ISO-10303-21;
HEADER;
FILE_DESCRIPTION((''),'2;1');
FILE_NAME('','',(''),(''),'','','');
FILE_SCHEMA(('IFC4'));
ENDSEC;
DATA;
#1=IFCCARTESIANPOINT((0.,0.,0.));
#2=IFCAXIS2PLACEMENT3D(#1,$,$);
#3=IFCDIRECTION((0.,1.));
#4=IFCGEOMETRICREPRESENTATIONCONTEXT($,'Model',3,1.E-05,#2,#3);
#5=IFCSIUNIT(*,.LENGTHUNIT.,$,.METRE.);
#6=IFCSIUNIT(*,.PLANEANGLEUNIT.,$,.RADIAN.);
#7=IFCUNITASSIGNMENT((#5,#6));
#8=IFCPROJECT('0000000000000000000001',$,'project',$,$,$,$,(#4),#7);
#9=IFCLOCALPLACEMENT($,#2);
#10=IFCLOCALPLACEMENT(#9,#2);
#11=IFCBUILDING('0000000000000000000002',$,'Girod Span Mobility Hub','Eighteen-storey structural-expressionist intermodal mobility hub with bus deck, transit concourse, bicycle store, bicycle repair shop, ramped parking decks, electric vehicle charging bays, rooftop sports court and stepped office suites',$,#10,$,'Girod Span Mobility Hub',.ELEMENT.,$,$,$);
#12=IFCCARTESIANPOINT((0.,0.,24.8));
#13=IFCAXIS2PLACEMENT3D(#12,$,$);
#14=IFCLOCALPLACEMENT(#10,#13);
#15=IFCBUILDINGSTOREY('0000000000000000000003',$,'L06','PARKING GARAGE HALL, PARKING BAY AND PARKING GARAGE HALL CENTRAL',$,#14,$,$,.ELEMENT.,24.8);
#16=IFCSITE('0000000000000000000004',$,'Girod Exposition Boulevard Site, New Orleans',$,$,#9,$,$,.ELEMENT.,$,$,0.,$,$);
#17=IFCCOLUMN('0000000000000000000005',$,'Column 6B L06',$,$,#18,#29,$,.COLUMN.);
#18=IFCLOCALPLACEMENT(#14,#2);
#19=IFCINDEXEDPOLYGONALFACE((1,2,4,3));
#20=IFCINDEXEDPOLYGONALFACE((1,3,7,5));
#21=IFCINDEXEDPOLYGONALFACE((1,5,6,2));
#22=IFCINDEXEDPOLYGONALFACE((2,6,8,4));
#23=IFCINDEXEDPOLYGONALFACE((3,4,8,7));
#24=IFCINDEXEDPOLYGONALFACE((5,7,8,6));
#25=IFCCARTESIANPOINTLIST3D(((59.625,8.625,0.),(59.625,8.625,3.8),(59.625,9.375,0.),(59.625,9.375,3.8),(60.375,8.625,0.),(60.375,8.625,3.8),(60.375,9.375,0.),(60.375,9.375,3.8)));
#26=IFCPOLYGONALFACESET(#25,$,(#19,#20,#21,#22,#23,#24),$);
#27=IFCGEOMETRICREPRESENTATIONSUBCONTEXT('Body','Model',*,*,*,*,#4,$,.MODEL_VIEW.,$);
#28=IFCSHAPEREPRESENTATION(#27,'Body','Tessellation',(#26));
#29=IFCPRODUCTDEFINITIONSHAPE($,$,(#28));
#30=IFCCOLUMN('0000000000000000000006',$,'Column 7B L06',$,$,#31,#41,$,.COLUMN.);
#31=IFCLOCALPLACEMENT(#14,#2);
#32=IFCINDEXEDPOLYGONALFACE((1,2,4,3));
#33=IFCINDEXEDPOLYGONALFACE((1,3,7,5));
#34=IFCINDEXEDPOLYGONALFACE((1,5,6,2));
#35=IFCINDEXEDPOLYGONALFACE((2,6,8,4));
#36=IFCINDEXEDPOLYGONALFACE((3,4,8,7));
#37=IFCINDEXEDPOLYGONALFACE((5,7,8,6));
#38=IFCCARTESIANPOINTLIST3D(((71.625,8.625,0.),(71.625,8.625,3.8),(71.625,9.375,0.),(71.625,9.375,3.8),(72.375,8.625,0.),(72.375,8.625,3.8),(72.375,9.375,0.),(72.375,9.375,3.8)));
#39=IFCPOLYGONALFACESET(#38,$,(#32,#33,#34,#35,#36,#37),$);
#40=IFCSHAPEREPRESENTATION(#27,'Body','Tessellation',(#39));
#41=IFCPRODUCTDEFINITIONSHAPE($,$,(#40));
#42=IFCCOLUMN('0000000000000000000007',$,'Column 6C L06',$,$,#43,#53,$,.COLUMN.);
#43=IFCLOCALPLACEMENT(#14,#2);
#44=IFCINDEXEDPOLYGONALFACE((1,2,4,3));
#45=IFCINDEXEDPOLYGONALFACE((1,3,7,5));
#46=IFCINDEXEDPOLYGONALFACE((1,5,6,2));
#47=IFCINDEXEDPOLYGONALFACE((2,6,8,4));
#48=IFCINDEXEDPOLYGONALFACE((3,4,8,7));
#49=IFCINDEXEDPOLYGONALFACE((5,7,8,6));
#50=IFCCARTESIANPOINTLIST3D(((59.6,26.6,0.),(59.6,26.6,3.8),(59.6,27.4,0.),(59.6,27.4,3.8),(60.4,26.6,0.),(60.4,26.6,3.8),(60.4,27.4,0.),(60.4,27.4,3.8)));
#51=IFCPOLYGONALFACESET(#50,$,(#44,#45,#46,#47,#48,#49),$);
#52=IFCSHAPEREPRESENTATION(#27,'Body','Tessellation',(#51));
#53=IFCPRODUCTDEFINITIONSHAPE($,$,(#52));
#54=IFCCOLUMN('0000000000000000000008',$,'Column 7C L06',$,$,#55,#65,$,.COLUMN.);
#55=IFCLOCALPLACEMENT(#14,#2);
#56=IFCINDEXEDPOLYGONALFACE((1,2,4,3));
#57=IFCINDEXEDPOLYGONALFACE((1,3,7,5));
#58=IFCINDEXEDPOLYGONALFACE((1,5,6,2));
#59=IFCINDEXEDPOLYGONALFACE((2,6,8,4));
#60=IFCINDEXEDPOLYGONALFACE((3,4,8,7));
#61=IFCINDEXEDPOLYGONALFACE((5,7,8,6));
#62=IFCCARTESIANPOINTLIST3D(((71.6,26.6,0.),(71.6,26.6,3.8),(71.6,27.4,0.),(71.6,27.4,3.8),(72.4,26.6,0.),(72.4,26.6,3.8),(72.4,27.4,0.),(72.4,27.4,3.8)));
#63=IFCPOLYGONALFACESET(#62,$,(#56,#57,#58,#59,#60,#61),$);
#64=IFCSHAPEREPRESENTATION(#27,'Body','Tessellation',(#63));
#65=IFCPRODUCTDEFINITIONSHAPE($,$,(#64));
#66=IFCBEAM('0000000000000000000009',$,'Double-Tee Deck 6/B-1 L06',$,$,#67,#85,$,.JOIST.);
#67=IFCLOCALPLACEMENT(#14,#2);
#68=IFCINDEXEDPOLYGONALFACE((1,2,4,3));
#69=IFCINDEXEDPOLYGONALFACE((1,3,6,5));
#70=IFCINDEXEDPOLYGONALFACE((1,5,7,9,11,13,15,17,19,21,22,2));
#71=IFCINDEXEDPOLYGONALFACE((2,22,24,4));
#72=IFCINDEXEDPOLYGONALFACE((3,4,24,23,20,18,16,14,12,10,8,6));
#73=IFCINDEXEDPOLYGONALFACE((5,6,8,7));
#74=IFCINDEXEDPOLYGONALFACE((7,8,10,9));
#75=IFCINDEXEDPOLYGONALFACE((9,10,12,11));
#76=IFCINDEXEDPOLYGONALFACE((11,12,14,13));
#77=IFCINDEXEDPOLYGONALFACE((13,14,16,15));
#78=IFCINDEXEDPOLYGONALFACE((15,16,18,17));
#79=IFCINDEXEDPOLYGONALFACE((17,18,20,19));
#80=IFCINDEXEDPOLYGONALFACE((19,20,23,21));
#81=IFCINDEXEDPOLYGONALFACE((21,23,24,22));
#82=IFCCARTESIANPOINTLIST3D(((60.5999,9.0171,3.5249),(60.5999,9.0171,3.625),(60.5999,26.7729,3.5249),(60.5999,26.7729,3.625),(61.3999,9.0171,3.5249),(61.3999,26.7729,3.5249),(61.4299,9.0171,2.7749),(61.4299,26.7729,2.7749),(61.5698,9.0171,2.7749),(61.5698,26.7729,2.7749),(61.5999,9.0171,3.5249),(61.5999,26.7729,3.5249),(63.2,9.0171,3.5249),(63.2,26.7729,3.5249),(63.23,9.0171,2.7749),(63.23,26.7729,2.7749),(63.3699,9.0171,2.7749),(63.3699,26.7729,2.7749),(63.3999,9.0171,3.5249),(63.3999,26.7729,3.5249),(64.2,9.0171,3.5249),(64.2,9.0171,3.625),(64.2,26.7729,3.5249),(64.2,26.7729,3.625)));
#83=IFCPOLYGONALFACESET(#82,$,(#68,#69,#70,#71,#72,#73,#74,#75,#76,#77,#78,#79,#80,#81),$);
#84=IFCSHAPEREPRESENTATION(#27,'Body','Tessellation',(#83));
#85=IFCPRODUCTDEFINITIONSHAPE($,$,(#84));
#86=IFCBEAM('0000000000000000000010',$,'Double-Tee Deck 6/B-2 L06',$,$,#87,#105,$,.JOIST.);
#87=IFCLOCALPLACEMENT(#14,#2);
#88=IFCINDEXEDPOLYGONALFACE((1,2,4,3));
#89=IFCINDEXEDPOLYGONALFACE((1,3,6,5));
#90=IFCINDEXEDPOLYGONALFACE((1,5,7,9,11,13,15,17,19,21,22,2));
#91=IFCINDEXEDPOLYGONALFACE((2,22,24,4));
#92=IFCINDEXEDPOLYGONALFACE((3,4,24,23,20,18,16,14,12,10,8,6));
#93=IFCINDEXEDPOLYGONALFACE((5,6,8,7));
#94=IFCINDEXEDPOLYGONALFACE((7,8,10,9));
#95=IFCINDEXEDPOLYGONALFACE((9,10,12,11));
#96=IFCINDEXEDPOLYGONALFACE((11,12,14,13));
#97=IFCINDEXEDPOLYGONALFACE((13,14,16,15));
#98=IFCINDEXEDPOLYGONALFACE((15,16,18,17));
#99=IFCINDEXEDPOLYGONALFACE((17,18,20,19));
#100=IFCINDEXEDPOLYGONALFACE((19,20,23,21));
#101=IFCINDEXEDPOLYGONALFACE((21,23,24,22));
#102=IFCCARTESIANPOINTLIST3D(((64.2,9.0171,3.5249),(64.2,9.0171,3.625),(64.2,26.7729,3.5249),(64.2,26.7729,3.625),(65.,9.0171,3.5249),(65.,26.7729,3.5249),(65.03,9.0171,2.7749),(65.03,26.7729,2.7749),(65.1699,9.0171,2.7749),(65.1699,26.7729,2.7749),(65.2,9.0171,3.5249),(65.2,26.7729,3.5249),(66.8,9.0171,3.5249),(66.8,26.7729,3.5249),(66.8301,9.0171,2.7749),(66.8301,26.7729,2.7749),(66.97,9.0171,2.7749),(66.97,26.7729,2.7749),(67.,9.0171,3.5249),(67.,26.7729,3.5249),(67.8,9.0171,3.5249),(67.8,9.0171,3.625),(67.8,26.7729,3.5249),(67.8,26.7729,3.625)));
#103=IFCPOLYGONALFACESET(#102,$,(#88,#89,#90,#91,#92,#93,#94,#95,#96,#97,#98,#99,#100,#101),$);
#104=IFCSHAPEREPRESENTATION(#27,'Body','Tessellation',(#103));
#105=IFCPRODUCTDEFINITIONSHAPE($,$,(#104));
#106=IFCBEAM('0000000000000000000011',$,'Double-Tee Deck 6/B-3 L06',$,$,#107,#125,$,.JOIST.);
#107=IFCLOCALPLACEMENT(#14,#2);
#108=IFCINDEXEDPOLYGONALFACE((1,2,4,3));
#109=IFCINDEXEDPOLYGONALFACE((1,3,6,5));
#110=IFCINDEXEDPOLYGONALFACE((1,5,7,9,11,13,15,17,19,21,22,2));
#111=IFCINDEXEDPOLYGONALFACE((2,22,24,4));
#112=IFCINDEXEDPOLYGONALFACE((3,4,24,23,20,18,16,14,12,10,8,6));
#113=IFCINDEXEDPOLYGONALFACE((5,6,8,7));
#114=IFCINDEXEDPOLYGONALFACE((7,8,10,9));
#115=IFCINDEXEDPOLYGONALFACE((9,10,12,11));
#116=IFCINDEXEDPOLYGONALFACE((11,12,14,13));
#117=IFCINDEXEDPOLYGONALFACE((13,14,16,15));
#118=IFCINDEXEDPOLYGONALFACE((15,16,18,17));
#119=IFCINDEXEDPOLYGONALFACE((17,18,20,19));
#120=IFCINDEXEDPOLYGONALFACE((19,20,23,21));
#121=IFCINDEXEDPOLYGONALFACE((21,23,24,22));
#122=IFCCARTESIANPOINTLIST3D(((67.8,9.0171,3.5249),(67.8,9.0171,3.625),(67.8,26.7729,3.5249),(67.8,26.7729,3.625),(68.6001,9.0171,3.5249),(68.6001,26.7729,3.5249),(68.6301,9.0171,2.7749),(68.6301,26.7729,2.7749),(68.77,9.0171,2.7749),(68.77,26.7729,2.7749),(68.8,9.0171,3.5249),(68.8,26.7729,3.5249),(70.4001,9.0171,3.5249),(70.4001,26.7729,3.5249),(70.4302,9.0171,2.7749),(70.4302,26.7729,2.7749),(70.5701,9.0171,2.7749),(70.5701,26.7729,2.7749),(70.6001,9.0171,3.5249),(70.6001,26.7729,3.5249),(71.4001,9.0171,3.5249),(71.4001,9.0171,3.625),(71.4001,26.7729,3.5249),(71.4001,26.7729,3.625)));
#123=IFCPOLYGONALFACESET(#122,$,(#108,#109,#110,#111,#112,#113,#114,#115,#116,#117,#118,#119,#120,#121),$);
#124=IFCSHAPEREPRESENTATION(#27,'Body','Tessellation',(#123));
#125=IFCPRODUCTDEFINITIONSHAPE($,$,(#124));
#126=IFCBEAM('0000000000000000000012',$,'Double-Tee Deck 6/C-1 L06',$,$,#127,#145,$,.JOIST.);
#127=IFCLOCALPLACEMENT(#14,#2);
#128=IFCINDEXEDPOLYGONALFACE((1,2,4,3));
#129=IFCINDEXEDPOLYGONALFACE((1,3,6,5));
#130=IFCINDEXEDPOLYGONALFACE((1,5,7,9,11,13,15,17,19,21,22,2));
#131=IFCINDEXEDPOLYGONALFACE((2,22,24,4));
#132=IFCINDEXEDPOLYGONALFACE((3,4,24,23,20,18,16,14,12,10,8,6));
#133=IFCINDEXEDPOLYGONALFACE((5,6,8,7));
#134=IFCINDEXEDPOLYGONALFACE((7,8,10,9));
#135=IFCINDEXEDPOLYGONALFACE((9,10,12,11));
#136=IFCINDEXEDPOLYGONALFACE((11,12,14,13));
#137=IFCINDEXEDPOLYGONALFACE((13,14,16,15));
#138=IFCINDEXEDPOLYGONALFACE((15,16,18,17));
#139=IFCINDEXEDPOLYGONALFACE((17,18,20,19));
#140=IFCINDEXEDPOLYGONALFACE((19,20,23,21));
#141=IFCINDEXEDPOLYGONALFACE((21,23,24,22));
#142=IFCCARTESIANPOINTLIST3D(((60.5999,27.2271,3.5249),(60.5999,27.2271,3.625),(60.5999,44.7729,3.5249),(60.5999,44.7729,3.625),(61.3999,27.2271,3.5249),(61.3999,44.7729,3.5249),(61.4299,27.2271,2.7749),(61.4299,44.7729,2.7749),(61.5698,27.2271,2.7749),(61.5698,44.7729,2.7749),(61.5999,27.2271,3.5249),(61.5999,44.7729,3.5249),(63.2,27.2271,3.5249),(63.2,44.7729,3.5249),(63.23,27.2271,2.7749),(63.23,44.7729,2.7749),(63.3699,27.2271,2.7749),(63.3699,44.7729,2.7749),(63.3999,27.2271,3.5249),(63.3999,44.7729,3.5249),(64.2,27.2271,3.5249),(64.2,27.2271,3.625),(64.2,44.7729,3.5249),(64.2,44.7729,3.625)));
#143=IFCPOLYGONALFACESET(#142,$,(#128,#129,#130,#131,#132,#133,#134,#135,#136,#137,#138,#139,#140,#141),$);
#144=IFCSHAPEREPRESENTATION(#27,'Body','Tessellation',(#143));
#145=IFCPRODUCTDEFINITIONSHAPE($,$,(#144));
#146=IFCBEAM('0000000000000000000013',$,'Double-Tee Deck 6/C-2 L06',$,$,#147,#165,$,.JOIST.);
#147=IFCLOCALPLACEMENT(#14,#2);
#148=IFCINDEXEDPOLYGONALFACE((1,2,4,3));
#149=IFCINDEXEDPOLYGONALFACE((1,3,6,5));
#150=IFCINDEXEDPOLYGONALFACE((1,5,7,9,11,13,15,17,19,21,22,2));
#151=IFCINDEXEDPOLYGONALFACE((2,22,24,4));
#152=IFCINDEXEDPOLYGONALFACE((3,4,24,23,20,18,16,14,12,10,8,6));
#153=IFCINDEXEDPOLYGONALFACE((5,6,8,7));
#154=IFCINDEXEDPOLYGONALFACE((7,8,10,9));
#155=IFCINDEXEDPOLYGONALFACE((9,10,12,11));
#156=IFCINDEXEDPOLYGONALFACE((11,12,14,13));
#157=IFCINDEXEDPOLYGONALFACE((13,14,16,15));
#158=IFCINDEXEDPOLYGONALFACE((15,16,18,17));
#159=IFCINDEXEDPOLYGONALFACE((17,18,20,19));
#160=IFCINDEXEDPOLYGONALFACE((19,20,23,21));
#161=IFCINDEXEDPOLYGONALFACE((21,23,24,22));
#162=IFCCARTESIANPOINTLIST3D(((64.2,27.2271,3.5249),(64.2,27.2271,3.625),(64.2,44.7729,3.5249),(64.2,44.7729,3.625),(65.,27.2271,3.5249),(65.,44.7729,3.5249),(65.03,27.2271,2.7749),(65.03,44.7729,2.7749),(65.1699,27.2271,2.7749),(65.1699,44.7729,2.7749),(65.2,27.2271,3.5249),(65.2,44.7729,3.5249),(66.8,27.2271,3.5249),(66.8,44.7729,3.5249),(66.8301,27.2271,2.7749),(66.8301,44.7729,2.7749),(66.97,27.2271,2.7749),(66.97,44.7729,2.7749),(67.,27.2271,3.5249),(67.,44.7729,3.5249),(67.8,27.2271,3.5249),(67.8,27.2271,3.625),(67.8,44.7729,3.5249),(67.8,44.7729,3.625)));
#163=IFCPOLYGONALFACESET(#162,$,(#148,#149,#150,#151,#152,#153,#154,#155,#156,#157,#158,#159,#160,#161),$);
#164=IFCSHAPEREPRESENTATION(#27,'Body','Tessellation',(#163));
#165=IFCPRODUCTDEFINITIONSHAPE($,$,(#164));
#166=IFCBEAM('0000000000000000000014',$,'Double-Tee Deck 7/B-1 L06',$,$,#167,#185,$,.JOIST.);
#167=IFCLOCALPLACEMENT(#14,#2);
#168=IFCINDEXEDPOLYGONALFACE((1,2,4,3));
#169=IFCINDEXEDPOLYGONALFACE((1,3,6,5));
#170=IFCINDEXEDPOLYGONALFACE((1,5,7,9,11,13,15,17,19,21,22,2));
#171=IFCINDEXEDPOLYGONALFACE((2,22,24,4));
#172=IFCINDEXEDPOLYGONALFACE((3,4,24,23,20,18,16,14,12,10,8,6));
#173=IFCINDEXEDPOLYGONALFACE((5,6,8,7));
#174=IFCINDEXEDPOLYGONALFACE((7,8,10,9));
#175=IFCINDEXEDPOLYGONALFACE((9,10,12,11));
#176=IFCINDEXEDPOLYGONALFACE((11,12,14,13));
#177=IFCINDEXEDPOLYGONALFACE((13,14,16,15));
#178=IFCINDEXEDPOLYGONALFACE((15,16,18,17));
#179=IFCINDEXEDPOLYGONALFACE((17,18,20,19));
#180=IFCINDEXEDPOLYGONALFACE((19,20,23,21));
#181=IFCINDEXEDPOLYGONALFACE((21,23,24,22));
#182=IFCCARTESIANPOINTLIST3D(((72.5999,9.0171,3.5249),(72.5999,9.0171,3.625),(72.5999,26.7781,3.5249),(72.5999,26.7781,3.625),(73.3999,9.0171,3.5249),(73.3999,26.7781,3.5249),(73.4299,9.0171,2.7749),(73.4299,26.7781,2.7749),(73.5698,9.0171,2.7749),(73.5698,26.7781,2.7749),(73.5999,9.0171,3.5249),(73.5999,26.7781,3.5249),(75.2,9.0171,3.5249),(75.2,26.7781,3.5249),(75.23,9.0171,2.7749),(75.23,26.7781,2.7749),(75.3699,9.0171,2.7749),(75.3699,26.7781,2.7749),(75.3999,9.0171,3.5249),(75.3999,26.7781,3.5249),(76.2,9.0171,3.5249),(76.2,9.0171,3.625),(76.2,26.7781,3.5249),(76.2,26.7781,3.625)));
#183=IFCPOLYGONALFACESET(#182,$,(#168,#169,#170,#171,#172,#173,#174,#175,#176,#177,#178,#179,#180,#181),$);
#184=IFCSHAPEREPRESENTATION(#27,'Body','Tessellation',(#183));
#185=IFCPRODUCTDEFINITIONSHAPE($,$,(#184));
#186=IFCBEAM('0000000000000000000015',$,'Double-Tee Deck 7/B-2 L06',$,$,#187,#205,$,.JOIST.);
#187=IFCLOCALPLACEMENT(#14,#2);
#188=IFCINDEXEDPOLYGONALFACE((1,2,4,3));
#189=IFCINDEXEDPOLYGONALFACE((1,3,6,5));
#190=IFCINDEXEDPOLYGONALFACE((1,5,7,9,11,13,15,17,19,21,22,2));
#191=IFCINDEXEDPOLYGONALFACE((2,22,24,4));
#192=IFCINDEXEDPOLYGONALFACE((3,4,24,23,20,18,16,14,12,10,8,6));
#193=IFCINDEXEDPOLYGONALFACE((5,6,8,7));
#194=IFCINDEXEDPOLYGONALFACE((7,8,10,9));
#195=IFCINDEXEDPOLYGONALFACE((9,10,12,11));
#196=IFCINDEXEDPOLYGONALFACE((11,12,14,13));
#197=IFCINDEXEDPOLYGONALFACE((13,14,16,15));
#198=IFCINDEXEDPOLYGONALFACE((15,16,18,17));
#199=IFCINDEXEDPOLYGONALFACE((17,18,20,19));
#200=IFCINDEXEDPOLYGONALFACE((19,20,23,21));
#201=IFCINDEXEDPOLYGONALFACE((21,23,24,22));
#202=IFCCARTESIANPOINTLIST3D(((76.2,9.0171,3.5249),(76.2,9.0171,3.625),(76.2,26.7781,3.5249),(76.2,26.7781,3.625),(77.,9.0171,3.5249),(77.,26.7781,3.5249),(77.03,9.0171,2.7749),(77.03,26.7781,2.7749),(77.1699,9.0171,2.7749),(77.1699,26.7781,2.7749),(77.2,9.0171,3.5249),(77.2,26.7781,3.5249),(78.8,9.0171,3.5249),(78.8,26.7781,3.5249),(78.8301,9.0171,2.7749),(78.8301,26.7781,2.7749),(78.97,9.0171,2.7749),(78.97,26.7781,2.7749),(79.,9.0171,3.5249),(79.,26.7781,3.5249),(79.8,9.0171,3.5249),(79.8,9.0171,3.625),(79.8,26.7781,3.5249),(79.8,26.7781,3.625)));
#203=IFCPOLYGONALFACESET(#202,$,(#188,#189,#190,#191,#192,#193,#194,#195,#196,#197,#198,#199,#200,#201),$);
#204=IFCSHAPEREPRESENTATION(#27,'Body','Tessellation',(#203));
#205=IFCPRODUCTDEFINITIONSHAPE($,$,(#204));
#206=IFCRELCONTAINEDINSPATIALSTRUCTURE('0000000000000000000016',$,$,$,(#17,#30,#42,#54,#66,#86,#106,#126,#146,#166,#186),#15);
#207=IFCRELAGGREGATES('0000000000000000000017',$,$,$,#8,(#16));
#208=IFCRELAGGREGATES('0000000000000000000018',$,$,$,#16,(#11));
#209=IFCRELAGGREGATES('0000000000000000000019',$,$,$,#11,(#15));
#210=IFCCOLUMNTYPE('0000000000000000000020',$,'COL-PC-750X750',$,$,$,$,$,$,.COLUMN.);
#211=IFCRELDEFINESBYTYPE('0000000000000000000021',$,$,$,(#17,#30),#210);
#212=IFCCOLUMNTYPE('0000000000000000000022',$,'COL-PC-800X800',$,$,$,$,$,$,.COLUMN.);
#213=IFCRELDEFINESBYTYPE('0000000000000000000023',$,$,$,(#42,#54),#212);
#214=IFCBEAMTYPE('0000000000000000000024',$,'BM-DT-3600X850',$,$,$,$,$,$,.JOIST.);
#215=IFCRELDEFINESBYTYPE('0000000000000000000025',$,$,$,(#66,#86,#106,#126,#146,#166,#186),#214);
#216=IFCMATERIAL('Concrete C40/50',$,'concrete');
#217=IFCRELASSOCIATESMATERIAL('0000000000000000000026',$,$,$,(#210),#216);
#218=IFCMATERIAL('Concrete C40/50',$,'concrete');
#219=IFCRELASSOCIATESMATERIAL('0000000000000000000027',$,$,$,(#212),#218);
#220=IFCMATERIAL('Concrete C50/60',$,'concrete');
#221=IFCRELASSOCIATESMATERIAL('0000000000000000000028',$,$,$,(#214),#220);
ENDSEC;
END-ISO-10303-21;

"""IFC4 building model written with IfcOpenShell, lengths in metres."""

from ifc_helpers import new_model, si_unit, direction, frame, origin, origin_2d, place, context, subcontext, project, spatial, polyline, rectangle, outline, extrude, material, material_profile, profile_set, type_object, element, save


model = new_model("IFC4")

# Units and contexts
model_context = context("Model", 3, precision=1e-05, world=origin(), true_north=direction((0.0, 1.0)))
body_context = subcontext(model_context, "Body", "Model", "MODEL_VIEW")
ifc_project = project(units=[si_unit("LENGTHUNIT", "METRE"), si_unit("PLANEANGLEUNIT", "RADIAN")], contexts=[model_context])

# Site, building, storey
site_placement = place(None, origin())
site = spatial("IfcSite", under=ifc_project, at=site_placement, Name="Girod Exposition Boulevard Site, New Orleans", CompositionType="ELEMENT", RefElevation=0.0)
building_placement = place(site_placement, origin())
building = spatial("IfcBuilding", under=site, at=building_placement, Name="Girod Span Mobility Hub", Description="Eighteen-storey structural-expressionist intermodal mobility hub with bus deck, transit concourse, bicycle store, bicycle repair shop, ramped parking decks, electric vehicle charging bays, rooftop sports court and stepped office suites", LongName="Girod Span Mobility Hub", CompositionType="ELEMENT")
storey_placement = place(building_placement, frame((0.0, 0.0, 24.8)))
storey = spatial("IfcBuildingStorey", under=building, at=storey_placement, Name="L06", Description="PARKING GARAGE HALL, PARKING BAY AND PARKING GARAGE HALL CENTRAL", CompositionType="ELEMENT", Elevation=24.8)

# Columns
ifc_material_1 = material(Name="Concrete C40/50", Category="concrete")
ifc_material_profile_1 = material_profile(ifc_material_1, rectangle(XDim=0.75, YDim=0.75, at=origin_2d()), Name="PC-COL-750X750")
ifc_profile_set_1 = profile_set([ifc_material_profile_1], Name="Concrete C40/50")
column_type_1 = type_object("IfcColumnType", Name="COL-PC-750X750", PredefinedType="COLUMN", material=ifc_profile_set_1)
for number, where, z_axis, x_axis, name in (
    (1, (60.0, 9.0, 0.0), (0.0, 0.0, 1.0), (1.0, 0.0, 0.0), "Column 6B L06"),
    (2, (72.0, 9.0, 0.0), (0.0, 0.0, 1.0), (1.0, 0.0, 0.0), "Column 7B L06"),
):
    element("IfcColumn", number, at=place(storey_placement, frame(where, z_axis=z_axis, x_axis=x_axis)), inside=storey, type_object=column_type_1, Name=name, PredefinedType="COLUMN", context=body_context, shape_type="SweptSolid", body=[
        extrude(rectangle(XDim=0.75, YDim=0.75, at=origin_2d()), origin(), (0.0, 0.0, 1.0), 3.8),
    ])
ifc_material_2 = material(Name="Concrete C40/50", Category="concrete")
ifc_material_profile_2 = material_profile(ifc_material_2, rectangle(XDim=0.8, YDim=0.8, at=origin_2d()), Name="PC-COL-800X800")
ifc_profile_set_2 = profile_set([ifc_material_profile_2], Name="Concrete C40/50")
column_type_2 = type_object("IfcColumnType", Name="COL-PC-800X800", PredefinedType="COLUMN", material=ifc_profile_set_2)
for number, where, z_axis, x_axis, name in (
    (3, (60.0, 27.0, 0.0), (0.0, 0.0, 1.0), (1.0, 0.0, 0.0), "Column 6C L06"),
    (4, (72.0, 27.0, 0.0), (0.0, 0.0, 1.0), (1.0, 0.0, 0.0), "Column 7C L06"),
):
    element("IfcColumn", number, at=place(storey_placement, frame(where, z_axis=z_axis, x_axis=x_axis)), inside=storey, type_object=column_type_2, Name=name, PredefinedType="COLUMN", context=body_context, shape_type="SweptSolid", body=[
        extrude(rectangle(XDim=0.8, YDim=0.8, at=origin_2d()), origin(), (0.0, 0.0, 1.0), 3.8),
    ])

# Beams
ifc_material_3 = material(Name="Concrete C50/60", Category="concrete")
ifc_material_profile_3 = material_profile(ifc_material_3, outline(polyline([(-1.8, 0.425), (-1.8, 0.325), (-1.0, 0.325), (-0.97, -0.425), (-0.8301, -0.425), (-0.8, 0.325), (0.8, 0.325), (0.8301, -0.425), (0.97, -0.425), (1.0, 0.325), (1.8, 0.325), (1.8, 0.425), (-1.8, 0.425)])), Name="DT-3600X850")
ifc_profile_set_3 = profile_set([ifc_material_profile_3], Name="Concrete C50/60")
beam_type_1 = type_object("IfcBeamType", Name="BM-DT-3600X850", PredefinedType="JOIST", material=ifc_profile_set_3)
for number, where, z_axis, x_axis, name in (
    (5, (62.3999, 9.0171, 3.2), (0.0, 1.0, 0.0), (-1.0, 0.0, 0.0), "Double-Tee Deck 6/B-1 L06"),
    (6, (66.0, 9.0171, 3.2), (0.0, 1.0, 0.0), (-1.0, 0.0, 0.0), "Double-Tee Deck 6/B-2 L06"),
    (7, (69.6001, 9.0171, 3.2), (0.0, 1.0, 0.0), (-1.0, 0.0, 0.0), "Double-Tee Deck 6/B-3 L06"),
):
    element("IfcBeam", number, at=place(storey_placement, frame(where, z_axis=z_axis, x_axis=x_axis)), inside=storey, type_object=beam_type_1, Name=name, PredefinedType="JOIST", context=body_context, shape_type="SweptSolid", body=[
        extrude(outline(polyline([(-1.8, 0.425), (-1.8, 0.325), (-1.0, 0.325), (-0.97, -0.425), (-0.8301, -0.425), (-0.8, 0.325), (0.8, 0.325), (0.8301, -0.425), (0.97, -0.425), (1.0, 0.325), (1.8, 0.325), (1.8, 0.425), (-1.8, 0.425)])), origin(), (0.0, 0.0, 1.0), 17.7559),
    ])
for number, where, z_axis, x_axis, name in (
    (8, (62.3999, 27.2271, 3.2), (0.0, 1.0, 0.0), (-1.0, 0.0, 0.0), "Double-Tee Deck 6/C-1 L06"),
    (9, (66.0, 27.2271, 3.2), (0.0, 1.0, 0.0), (-1.0, 0.0, 0.0), "Double-Tee Deck 6/C-2 L06"),
):
    element("IfcBeam", number, at=place(storey_placement, frame(where, z_axis=z_axis, x_axis=x_axis)), inside=storey, type_object=beam_type_1, Name=name, PredefinedType="JOIST", context=body_context, shape_type="SweptSolid", body=[
        extrude(outline(polyline([(-1.8, 0.425), (-1.8, 0.325), (-1.0, 0.325), (-0.97, -0.425), (-0.8301, -0.425), (-0.8, 0.325), (0.8, 0.325), (0.8301, -0.425), (0.97, -0.425), (1.0, 0.325), (1.8, 0.325), (1.8, 0.425), (-1.8, 0.425)])), origin(), (0.0, 0.0, 1.0), 17.5459),
    ])
for number, where, z_axis, x_axis, name in (
    (10, (74.3999, 9.0171, 3.2), (0.0, 1.0, 0.0), (-1.0, 0.0, 0.0), "Double-Tee Deck 7/B-1 L06"),
    (11, (78.0, 9.0171, 3.2), (0.0, 1.0, 0.0), (-1.0, 0.0, 0.0), "Double-Tee Deck 7/B-2 L06"),
):
    element("IfcBeam", number, at=place(storey_placement, frame(where, z_axis=z_axis, x_axis=x_axis)), inside=storey, type_object=beam_type_1, Name=name, PredefinedType="JOIST", context=body_context, shape_type="SweptSolid", body=[
        extrude(outline(polyline([(-1.8, 0.425), (-1.8, 0.325), (-1.0, 0.325), (-0.97, -0.425), (-0.8301, -0.425), (-0.8, 0.325), (0.8, 0.325), (0.8301, -0.425), (0.97, -0.425), (1.0, 0.325), (1.8, 0.325), (1.8, 0.425), (-1.8, 0.425)])), origin(), (0.0, 0.0, 1.0), 17.761),
    ])

save(model, "model.ifc")
